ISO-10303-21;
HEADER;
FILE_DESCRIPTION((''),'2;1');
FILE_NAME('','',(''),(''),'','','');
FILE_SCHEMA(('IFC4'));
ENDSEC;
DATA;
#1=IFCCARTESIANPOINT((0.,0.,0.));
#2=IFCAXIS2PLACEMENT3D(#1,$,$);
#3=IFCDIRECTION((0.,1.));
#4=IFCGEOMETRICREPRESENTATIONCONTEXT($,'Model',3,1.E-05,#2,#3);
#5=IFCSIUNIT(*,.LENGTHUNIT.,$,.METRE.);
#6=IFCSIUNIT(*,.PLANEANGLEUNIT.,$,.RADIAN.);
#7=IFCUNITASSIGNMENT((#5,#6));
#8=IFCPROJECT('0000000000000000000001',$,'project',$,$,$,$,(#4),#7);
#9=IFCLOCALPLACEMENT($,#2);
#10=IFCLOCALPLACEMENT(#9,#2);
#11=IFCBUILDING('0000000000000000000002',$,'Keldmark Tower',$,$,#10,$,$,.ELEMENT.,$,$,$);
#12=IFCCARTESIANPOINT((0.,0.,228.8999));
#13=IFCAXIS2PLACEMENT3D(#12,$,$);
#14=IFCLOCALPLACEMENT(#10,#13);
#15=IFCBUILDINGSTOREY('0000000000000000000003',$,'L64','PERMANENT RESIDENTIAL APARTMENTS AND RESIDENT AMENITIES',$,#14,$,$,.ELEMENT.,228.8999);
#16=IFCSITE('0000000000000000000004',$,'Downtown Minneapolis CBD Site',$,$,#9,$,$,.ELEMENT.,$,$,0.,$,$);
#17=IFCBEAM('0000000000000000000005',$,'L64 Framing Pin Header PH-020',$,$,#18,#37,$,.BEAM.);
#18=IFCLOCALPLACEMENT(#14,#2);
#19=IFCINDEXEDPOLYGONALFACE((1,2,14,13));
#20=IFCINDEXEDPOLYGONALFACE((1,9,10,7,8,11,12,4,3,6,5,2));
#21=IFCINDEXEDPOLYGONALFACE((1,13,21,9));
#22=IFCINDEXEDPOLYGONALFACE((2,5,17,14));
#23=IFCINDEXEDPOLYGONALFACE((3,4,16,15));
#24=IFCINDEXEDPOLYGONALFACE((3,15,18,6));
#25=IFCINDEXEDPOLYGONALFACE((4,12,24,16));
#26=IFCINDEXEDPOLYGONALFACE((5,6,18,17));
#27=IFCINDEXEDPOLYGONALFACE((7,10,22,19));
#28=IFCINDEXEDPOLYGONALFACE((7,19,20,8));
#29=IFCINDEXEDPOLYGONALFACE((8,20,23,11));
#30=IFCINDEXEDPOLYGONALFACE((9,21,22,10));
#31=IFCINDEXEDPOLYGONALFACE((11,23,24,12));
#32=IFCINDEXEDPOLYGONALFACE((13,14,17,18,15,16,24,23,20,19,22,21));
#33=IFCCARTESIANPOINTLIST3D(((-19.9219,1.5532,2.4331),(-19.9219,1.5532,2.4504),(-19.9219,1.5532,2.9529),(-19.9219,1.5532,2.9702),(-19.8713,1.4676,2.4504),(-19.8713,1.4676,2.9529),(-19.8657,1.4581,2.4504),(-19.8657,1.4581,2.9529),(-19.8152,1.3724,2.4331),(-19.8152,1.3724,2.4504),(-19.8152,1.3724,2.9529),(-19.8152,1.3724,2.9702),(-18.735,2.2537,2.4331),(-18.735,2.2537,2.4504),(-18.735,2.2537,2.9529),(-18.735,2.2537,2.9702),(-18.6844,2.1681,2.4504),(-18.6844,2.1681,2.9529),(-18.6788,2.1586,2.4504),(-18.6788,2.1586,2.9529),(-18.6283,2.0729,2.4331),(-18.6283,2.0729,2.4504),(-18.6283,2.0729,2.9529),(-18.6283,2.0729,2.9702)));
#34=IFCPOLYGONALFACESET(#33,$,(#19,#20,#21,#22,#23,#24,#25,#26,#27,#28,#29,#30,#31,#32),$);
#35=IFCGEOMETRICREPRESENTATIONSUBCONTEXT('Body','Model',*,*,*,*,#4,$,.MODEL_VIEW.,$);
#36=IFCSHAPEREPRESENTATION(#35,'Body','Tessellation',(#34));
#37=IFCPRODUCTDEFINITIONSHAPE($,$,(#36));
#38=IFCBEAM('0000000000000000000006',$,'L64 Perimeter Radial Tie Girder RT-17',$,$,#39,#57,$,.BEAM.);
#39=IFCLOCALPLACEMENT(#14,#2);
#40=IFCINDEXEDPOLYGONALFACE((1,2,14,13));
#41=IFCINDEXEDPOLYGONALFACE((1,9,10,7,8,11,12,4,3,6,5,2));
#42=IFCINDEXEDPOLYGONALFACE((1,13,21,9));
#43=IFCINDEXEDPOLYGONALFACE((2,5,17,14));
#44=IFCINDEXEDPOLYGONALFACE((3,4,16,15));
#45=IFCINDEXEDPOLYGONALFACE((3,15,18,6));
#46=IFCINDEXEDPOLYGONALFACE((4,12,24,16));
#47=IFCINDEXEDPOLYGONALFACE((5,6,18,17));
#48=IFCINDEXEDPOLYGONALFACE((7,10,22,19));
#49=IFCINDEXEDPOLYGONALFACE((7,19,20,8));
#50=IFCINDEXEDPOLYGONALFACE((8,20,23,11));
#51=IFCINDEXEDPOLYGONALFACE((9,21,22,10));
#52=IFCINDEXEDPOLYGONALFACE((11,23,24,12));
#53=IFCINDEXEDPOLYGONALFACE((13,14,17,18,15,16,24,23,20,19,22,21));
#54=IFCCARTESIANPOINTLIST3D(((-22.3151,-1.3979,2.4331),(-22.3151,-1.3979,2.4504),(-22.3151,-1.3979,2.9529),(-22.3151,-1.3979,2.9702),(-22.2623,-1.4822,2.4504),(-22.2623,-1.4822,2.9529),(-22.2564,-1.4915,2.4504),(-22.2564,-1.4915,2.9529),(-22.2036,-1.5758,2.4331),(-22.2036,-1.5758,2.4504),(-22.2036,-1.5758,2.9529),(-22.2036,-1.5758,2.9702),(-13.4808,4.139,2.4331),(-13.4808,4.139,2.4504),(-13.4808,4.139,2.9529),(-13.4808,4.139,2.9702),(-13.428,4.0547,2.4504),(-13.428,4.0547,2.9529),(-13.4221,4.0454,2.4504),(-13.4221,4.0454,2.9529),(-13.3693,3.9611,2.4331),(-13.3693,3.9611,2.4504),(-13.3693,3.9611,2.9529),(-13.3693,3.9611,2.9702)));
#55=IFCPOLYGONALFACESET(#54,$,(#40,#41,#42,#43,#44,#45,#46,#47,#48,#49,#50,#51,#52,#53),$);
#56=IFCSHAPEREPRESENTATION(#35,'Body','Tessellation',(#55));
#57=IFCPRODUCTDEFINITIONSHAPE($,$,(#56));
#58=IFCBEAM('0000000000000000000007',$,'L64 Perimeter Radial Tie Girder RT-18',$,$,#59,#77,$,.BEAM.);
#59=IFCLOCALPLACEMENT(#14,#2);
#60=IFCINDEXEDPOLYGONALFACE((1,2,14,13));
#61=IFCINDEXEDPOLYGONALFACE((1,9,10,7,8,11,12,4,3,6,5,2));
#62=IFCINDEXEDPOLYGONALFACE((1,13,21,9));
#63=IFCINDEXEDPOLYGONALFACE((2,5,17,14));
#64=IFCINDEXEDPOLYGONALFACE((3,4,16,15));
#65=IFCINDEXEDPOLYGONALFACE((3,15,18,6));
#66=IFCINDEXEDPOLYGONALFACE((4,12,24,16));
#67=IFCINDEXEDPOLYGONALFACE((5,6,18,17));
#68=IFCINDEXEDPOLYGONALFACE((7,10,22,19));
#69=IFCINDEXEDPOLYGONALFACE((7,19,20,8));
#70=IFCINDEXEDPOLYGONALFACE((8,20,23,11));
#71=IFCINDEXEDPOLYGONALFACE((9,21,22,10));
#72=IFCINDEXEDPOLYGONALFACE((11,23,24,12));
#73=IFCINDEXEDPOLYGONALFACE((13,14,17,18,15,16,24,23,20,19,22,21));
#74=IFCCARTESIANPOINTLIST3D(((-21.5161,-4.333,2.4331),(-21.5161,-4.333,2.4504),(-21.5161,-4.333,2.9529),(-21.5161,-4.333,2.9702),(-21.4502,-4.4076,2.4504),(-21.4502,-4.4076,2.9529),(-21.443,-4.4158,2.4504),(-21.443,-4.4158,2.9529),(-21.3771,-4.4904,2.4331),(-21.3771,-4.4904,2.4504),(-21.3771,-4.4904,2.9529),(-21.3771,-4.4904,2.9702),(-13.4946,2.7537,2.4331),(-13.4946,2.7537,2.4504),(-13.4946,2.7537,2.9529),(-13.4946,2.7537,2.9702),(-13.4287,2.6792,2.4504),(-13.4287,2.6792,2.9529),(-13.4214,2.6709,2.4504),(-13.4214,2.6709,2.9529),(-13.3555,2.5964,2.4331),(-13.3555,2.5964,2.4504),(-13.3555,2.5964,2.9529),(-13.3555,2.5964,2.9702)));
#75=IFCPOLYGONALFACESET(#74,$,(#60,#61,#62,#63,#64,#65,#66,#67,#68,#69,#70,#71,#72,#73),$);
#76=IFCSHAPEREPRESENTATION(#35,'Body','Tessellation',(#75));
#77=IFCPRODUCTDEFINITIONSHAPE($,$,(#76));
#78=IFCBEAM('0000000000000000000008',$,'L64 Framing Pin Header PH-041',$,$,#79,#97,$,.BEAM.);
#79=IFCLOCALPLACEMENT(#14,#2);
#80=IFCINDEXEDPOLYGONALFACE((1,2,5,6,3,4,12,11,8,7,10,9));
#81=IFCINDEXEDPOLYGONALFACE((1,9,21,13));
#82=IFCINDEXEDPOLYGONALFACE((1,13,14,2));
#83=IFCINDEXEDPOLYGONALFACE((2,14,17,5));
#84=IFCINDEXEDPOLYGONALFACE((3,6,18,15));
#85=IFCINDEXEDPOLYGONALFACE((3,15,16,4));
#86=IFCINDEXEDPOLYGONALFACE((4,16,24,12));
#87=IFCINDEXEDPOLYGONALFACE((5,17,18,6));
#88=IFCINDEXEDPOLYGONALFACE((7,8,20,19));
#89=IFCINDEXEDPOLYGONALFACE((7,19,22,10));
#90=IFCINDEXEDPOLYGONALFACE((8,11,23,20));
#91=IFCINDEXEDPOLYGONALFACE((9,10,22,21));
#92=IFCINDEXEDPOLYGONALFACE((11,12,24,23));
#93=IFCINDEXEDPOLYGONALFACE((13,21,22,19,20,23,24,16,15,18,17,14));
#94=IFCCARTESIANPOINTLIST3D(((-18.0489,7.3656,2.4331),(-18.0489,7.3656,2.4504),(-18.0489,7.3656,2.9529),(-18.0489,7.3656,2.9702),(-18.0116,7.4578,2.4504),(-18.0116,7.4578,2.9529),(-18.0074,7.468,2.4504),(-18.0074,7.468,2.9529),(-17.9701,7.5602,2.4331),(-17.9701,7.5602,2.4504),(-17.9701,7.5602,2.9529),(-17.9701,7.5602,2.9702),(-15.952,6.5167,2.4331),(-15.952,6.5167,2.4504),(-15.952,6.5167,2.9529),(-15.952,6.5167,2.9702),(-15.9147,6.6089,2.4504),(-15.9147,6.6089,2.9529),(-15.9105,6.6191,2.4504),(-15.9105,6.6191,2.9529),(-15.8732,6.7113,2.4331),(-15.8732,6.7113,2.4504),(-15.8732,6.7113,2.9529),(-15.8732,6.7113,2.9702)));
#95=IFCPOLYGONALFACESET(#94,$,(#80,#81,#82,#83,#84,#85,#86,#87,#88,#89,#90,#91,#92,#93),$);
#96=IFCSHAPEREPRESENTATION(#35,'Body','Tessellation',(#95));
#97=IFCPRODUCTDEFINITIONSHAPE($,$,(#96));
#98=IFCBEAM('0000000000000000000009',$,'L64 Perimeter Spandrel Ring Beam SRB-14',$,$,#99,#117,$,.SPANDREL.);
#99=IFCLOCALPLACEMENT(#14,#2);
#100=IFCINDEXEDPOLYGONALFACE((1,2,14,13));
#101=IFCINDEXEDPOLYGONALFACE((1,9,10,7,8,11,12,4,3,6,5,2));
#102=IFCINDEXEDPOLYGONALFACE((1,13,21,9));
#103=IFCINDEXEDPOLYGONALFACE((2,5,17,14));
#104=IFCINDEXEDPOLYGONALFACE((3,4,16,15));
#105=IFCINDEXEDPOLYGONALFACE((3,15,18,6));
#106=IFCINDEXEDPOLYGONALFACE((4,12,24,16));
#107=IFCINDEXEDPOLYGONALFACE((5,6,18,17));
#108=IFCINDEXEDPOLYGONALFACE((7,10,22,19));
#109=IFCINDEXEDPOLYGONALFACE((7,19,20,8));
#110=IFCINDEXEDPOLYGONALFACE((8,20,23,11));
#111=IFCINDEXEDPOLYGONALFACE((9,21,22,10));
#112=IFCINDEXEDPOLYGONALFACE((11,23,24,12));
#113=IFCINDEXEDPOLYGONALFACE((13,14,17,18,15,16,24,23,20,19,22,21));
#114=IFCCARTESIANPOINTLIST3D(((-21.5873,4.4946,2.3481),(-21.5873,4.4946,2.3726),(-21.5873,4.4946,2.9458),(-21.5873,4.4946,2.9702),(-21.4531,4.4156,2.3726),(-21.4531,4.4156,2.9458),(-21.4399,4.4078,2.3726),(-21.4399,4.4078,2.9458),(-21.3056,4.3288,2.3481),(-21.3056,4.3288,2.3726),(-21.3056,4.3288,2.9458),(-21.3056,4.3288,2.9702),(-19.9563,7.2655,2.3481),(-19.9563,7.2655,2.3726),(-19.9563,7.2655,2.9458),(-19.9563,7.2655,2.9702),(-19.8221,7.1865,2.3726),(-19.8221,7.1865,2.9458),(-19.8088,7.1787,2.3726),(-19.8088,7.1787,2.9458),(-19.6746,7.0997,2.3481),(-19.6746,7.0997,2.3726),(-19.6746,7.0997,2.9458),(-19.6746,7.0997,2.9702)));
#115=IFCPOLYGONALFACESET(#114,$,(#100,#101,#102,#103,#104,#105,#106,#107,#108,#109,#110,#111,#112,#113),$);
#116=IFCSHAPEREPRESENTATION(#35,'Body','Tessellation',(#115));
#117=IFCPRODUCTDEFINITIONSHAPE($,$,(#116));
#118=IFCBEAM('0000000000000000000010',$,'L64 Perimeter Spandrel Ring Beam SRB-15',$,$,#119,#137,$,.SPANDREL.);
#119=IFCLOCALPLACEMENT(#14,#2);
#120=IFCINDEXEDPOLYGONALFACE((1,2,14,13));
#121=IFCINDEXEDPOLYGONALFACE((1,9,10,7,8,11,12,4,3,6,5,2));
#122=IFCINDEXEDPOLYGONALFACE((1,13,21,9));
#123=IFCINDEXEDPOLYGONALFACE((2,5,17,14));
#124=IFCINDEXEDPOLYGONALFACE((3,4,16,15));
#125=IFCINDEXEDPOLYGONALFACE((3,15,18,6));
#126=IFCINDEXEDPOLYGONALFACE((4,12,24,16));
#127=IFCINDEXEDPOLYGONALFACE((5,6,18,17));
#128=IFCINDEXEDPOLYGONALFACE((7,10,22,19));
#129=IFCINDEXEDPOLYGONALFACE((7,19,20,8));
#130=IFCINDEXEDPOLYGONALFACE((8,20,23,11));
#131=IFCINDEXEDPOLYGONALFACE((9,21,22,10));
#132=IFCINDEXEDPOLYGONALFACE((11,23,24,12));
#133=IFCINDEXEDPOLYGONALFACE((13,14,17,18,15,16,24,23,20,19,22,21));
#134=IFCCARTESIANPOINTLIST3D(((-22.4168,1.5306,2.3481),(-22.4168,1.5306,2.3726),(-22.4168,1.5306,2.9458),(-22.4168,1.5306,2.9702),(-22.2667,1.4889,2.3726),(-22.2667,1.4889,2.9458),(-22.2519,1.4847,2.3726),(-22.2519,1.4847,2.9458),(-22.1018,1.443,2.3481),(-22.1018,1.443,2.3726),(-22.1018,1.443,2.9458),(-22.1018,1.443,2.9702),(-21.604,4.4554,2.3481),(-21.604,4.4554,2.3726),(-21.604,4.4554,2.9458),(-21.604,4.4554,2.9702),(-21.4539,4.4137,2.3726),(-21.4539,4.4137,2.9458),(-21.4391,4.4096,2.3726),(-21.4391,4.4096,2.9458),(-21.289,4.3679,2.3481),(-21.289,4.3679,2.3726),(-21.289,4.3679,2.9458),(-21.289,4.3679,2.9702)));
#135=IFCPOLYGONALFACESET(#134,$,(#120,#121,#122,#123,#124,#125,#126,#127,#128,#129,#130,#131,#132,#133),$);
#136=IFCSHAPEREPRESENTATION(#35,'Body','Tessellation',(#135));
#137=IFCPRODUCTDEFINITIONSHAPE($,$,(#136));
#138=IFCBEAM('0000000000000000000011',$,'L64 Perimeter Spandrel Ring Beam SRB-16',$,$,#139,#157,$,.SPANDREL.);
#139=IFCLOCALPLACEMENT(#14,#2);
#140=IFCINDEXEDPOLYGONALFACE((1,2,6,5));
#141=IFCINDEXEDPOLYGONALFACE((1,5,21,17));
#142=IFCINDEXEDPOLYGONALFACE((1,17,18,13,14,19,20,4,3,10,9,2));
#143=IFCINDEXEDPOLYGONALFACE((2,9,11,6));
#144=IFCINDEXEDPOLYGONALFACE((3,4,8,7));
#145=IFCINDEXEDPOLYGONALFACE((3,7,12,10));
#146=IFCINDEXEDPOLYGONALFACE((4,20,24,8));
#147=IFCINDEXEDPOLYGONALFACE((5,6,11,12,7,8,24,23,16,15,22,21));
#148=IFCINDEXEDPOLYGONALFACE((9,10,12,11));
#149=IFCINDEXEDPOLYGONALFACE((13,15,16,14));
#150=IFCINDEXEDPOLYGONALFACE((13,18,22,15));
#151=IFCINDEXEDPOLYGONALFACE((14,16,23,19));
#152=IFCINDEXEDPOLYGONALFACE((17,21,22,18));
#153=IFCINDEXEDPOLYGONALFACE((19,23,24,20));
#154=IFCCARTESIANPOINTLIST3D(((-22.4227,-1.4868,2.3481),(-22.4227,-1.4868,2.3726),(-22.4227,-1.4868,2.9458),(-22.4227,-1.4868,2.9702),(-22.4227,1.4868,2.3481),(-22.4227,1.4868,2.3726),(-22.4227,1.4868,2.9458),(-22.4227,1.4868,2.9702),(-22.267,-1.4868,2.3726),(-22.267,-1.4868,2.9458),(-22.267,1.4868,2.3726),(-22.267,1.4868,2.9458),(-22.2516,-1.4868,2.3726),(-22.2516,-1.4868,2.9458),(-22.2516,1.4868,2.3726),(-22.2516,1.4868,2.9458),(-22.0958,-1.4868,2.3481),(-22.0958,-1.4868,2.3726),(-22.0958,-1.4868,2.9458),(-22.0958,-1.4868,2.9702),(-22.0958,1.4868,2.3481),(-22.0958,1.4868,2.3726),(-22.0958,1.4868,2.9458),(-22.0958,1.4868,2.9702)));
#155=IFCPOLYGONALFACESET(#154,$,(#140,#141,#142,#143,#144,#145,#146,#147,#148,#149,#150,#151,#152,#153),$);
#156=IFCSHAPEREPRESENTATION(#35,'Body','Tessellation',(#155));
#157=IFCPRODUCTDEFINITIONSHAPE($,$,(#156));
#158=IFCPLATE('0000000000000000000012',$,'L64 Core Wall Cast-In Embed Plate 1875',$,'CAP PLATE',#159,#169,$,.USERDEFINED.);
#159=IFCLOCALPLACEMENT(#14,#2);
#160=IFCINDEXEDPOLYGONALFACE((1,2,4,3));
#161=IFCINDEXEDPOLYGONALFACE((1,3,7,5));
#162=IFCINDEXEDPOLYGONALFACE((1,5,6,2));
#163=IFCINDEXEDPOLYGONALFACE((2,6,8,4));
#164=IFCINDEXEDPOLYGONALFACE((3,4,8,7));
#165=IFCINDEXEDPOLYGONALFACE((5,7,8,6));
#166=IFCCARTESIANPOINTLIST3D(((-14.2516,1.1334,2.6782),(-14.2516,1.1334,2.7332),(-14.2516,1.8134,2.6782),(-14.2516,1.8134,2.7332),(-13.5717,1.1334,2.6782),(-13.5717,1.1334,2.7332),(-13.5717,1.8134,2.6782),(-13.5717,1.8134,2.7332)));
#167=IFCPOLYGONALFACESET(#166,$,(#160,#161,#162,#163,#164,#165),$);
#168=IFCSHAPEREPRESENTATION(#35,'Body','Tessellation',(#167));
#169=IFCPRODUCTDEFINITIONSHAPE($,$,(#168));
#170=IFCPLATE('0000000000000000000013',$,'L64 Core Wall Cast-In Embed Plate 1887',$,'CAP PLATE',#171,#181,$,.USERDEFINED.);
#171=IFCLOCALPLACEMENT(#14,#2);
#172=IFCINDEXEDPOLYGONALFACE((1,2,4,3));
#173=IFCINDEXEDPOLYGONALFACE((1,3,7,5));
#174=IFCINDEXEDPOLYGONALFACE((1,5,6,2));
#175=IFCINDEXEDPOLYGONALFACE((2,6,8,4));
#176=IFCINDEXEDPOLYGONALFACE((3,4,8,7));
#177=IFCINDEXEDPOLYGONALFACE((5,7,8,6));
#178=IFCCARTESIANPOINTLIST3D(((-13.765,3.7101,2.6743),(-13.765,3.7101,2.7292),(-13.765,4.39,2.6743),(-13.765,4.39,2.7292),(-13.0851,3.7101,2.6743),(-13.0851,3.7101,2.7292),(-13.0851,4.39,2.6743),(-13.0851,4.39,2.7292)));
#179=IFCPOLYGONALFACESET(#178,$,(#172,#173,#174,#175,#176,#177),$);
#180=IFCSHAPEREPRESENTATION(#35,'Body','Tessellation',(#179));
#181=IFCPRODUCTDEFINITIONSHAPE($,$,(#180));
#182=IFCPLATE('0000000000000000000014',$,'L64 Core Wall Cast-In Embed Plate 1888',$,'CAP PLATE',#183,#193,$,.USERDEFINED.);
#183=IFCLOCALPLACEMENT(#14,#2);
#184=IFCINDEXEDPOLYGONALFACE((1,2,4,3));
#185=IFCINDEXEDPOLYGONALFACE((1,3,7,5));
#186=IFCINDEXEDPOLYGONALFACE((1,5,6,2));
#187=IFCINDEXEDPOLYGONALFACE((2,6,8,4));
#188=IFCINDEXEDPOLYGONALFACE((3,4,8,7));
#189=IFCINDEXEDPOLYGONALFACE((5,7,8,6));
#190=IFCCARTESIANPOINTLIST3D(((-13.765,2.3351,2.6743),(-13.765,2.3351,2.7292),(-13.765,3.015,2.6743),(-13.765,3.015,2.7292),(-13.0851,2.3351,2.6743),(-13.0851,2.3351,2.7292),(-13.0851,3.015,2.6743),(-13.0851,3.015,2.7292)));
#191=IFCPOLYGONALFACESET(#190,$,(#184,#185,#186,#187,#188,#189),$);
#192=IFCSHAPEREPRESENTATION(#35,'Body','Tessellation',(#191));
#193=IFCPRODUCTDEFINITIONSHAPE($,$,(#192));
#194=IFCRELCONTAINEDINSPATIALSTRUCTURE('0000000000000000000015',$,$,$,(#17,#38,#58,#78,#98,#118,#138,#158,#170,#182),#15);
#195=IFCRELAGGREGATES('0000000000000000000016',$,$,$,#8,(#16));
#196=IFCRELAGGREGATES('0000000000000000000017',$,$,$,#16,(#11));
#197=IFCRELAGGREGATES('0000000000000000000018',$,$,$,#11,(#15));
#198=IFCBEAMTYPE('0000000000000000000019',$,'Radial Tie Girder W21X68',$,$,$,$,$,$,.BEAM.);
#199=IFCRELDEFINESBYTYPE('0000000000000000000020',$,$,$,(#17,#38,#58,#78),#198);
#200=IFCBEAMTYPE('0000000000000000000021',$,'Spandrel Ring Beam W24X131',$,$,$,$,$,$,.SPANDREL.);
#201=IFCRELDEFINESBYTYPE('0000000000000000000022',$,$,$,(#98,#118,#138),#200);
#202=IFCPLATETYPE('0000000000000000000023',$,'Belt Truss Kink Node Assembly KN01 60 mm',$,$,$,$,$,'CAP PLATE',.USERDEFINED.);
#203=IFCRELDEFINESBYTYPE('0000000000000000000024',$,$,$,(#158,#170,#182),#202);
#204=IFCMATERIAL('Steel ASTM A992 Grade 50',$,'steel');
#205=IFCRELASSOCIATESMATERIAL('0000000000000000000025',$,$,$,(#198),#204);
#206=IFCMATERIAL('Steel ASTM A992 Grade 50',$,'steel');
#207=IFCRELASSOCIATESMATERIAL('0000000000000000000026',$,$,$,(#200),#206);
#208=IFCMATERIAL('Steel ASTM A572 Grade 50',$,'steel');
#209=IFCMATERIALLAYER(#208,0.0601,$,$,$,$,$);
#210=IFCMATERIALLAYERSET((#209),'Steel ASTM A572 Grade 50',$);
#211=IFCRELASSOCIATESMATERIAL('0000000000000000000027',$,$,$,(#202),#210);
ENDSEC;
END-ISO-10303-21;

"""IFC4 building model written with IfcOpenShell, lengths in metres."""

from ifc_helpers import new_model, si_unit, direction, frame, origin, origin_2d, place, context, subcontext, project, spatial, rectangle, i_section, extrude, material, layer, layer_set, material_profile, profile_set, type_object, element, save


model = new_model("IFC4")

# Units and contexts
model_context = context("Model", 3, precision=1e-05, world=origin(), true_north=direction((0.0, 1.0)))
body_context = subcontext(model_context, "Body", "Model", "MODEL_VIEW")
ifc_project = project(units=[si_unit("LENGTHUNIT", "METRE"), si_unit("PLANEANGLEUNIT", "RADIAN")], contexts=[model_context])

# Site, building, storey
site_placement = place(None, origin())
site = spatial("IfcSite", under=ifc_project, at=site_placement, Name="Downtown Minneapolis CBD Site", CompositionType="ELEMENT", RefElevation=0.0)
building_placement = place(site_placement, origin())
building = spatial("IfcBuilding", under=site, at=building_placement, Name="Keldmark Tower", CompositionType="ELEMENT")
storey_placement = place(building_placement, frame((0.0, 0.0, 228.8999)))
storey = spatial("IfcBuildingStorey", under=building, at=storey_placement, Name="L64", Description="PERMANENT RESIDENTIAL APARTMENTS AND RESIDENT AMENITIES", CompositionType="ELEMENT", Elevation=228.8999)

# Beams
ifc_material_1 = material(Name="Steel ASTM A992 Grade 50", Category="steel")
ifc_material_profile_1 = material_profile(ifc_material_1, i_section(OverallWidth=0.21, OverallDepth=0.5371, WebThickness=0.011, FlangeThickness=0.0173, at=origin_2d()), Name="W21X68")
ifc_profile_set_1 = profile_set([ifc_material_profile_1], Name="Steel ASTM A992 Grade 50")
beam_type_1 = type_object("IfcBeamType", Name="Radial Tie Girder W21X68", PredefinedType="BEAM", material=ifc_profile_set_1)
beam_1_placement = place(storey_placement, frame((-18.6816, 2.1633, 2.7017), z_axis=(-0.861191, -0.508282, 0.0), x_axis=(0.508282, -0.861191, 0.0)))
element("IfcBeam", 1, at=beam_1_placement, inside=storey, type_object=beam_type_1, Name="L64 Framing Pin Header PH-020", PredefinedType="BEAM", context=body_context, shape_type="SweptSolid", body=[
    extrude(i_section(OverallWidth=0.21, OverallDepth=0.5371, WebThickness=0.011, FlangeThickness=0.0173, at=origin_2d()), origin(), (0.0, 0.0, 1.0), 1.3782),
])
beam_2_placement = place(storey_placement, frame((-13.425, 4.05, 2.7017), z_axis=(-0.847331, -0.531066, 0.0), x_axis=(0.531066, -0.847331, 0.0)))
element("IfcBeam", 2, at=beam_2_placement, inside=storey, type_object=beam_type_1, Name="L64 Perimeter Radial Tie Girder RT-17", PredefinedType="BEAM", context=body_context, shape_type="SweptSolid", body=[
    extrude(i_section(OverallWidth=0.21, OverallDepth=0.5371, WebThickness=0.011, FlangeThickness=0.0173, at=origin_2d()), origin(), (0.0, 0.0, 1.0), 10.426),
])
beam_3_placement = place(storey_placement, frame((-13.425, 2.675, 2.7017), z_axis=(-0.749426, -0.662088, 0.0), x_axis=(0.662088, -0.749426, 0.0)))
element("IfcBeam", 3, at=beam_3_placement, inside=storey, type_object=beam_type_1, Name="L64 Perimeter Radial Tie Girder RT-18", PredefinedType="BEAM", context=body_context, shape_type="SweptSolid", body=[
    extrude(i_section(OverallWidth=0.21, OverallDepth=0.5371, WebThickness=0.011, FlangeThickness=0.0173, at=origin_2d()), origin(), (0.0, 0.0, 1.0), 10.7036),
])
beam_4_placement = place(storey_placement, frame((-15.9126, 6.614, 2.7017), z_axis=(-0.926928, 0.375239, 0.0), x_axis=(-0.375239, -0.926928, 0.0)))
element("IfcBeam", 4, at=beam_4_placement, inside=storey, type_object=beam_type_1, Name="L64 Framing Pin Header PH-041", PredefinedType="BEAM", context=body_context, shape_type="SweptSolid", body=[
    extrude(i_section(OverallWidth=0.21, OverallDepth=0.5371, WebThickness=0.011, FlangeThickness=0.0173, at=origin_2d()), origin(), (0.0, 0.0, 1.0), 2.2622),
])
ifc_material_2 = material(Name="Steel ASTM A992 Grade 50", Category="steel")
ifc_material_profile_2 = material_profile(ifc_material_2, i_section(OverallWidth=0.3269, OverallDepth=0.6221, WebThickness=0.0154, FlangeThickness=0.0244, at=origin_2d()), Name="W24X131")
ifc_profile_set_2 = profile_set([ifc_material_profile_2], Name="Steel ASTM A992 Grade 50")
beam_type_2 = type_object("IfcBeamType", Name="Spandrel Ring Beam W24X131", PredefinedType="SPANDREL", material=ifc_profile_set_2)
beam_5_placement = place(storey_placement, frame((-19.8154, 7.1826, 2.6592), z_axis=(-0.507276, -0.861784, 0.0), x_axis=(0.861784, -0.507276, 0.0)))
element("IfcBeam", 5, at=beam_5_placement, inside=storey, type_object=beam_type_2, Name="L64 Perimeter Spandrel Ring Beam SRB-14", PredefinedType="SPANDREL", context=body_context, shape_type="SweptSolid", body=[
    extrude(i_section(OverallWidth=0.3269, OverallDepth=0.6221, WebThickness=0.0154, FlangeThickness=0.0244, at=origin_2d()), origin(), (0.0, 0.0, 1.0), 3.2153),
])
beam_6_placement = place(storey_placement, frame((-21.4465, 4.4116, 2.6592), z_axis=(-0.267735, -0.963493, 0.0), x_axis=(0.963493, -0.267735, 0.0)))
element("IfcBeam", 6, at=beam_6_placement, inside=storey, type_object=beam_type_2, Name="L64 Perimeter Spandrel Ring Beam SRB-15", PredefinedType="SPANDREL", context=body_context, shape_type="SweptSolid", body=[
    extrude(i_section(OverallWidth=0.3269, OverallDepth=0.6221, WebThickness=0.0154, FlangeThickness=0.0244, at=origin_2d()), origin(), (0.0, 0.0, 1.0), 3.0356),
])
beam_7_placement = place(storey_placement, frame((-22.2593, 1.4868, 2.6592), z_axis=(0.0, -1.0, 0.0), x_axis=(1.0, 0.0, 0.0)))
element("IfcBeam", 7, at=beam_7_placement, inside=storey, type_object=beam_type_2, Name="L64 Perimeter Spandrel Ring Beam SRB-16", PredefinedType="SPANDREL", context=body_context, shape_type="SweptSolid", body=[
    extrude(i_section(OverallWidth=0.3269, OverallDepth=0.6221, WebThickness=0.0154, FlangeThickness=0.0244, at=origin_2d()), origin(), (0.0, 0.0, 1.0), 2.9736),
])

# Plates
ifc_material_3 = material(Name="Steel ASTM A572 Grade 50", Category="steel")
ifc_layer_1 = layer(ifc_material_3, 0.0601)
ifc_layer_set_1 = layer_set([ifc_layer_1], Name="Steel ASTM A572 Grade 50")
plate_type_1 = type_object("IfcPlateType", Name="Belt Truss Kink Node Assembly KN01 60 mm", ElementType="CAP PLATE", PredefinedType="USERDEFINED", material=ifc_layer_set_1)
for number, where, z_axis, x_axis, name in (
    (8, (-13.9116, 1.4734, 2.6782), (0.0, 0.0, 1.0), (1.0, 0.0, 0.0), "L64 Core Wall Cast-In Embed Plate 1875"),
    (9, (-13.425, 4.05, 2.6743), (0.0, 0.0, 1.0), (1.0, 0.0, 0.0), "L64 Core Wall Cast-In Embed Plate 1887"),
    (10, (-13.425, 2.675, 2.6743), (0.0, 0.0, 1.0), (1.0, 0.0, 0.0), "L64 Core Wall Cast-In Embed Plate 1888"),
):
    element("IfcPlate", number, at=place(storey_placement, frame(where, z_axis=z_axis, x_axis=x_axis)), inside=storey, type_object=plate_type_1, Name=name, ObjectType="CAP PLATE", PredefinedType="USERDEFINED", context=body_context, shape_type="SweptSolid", body=[
        extrude(rectangle(XDim=0.6799, YDim=0.6799, at=origin_2d()), origin(), (0.0, 0.0, 1.0), 0.0549),
    ])

save(model, "model.ifc")
